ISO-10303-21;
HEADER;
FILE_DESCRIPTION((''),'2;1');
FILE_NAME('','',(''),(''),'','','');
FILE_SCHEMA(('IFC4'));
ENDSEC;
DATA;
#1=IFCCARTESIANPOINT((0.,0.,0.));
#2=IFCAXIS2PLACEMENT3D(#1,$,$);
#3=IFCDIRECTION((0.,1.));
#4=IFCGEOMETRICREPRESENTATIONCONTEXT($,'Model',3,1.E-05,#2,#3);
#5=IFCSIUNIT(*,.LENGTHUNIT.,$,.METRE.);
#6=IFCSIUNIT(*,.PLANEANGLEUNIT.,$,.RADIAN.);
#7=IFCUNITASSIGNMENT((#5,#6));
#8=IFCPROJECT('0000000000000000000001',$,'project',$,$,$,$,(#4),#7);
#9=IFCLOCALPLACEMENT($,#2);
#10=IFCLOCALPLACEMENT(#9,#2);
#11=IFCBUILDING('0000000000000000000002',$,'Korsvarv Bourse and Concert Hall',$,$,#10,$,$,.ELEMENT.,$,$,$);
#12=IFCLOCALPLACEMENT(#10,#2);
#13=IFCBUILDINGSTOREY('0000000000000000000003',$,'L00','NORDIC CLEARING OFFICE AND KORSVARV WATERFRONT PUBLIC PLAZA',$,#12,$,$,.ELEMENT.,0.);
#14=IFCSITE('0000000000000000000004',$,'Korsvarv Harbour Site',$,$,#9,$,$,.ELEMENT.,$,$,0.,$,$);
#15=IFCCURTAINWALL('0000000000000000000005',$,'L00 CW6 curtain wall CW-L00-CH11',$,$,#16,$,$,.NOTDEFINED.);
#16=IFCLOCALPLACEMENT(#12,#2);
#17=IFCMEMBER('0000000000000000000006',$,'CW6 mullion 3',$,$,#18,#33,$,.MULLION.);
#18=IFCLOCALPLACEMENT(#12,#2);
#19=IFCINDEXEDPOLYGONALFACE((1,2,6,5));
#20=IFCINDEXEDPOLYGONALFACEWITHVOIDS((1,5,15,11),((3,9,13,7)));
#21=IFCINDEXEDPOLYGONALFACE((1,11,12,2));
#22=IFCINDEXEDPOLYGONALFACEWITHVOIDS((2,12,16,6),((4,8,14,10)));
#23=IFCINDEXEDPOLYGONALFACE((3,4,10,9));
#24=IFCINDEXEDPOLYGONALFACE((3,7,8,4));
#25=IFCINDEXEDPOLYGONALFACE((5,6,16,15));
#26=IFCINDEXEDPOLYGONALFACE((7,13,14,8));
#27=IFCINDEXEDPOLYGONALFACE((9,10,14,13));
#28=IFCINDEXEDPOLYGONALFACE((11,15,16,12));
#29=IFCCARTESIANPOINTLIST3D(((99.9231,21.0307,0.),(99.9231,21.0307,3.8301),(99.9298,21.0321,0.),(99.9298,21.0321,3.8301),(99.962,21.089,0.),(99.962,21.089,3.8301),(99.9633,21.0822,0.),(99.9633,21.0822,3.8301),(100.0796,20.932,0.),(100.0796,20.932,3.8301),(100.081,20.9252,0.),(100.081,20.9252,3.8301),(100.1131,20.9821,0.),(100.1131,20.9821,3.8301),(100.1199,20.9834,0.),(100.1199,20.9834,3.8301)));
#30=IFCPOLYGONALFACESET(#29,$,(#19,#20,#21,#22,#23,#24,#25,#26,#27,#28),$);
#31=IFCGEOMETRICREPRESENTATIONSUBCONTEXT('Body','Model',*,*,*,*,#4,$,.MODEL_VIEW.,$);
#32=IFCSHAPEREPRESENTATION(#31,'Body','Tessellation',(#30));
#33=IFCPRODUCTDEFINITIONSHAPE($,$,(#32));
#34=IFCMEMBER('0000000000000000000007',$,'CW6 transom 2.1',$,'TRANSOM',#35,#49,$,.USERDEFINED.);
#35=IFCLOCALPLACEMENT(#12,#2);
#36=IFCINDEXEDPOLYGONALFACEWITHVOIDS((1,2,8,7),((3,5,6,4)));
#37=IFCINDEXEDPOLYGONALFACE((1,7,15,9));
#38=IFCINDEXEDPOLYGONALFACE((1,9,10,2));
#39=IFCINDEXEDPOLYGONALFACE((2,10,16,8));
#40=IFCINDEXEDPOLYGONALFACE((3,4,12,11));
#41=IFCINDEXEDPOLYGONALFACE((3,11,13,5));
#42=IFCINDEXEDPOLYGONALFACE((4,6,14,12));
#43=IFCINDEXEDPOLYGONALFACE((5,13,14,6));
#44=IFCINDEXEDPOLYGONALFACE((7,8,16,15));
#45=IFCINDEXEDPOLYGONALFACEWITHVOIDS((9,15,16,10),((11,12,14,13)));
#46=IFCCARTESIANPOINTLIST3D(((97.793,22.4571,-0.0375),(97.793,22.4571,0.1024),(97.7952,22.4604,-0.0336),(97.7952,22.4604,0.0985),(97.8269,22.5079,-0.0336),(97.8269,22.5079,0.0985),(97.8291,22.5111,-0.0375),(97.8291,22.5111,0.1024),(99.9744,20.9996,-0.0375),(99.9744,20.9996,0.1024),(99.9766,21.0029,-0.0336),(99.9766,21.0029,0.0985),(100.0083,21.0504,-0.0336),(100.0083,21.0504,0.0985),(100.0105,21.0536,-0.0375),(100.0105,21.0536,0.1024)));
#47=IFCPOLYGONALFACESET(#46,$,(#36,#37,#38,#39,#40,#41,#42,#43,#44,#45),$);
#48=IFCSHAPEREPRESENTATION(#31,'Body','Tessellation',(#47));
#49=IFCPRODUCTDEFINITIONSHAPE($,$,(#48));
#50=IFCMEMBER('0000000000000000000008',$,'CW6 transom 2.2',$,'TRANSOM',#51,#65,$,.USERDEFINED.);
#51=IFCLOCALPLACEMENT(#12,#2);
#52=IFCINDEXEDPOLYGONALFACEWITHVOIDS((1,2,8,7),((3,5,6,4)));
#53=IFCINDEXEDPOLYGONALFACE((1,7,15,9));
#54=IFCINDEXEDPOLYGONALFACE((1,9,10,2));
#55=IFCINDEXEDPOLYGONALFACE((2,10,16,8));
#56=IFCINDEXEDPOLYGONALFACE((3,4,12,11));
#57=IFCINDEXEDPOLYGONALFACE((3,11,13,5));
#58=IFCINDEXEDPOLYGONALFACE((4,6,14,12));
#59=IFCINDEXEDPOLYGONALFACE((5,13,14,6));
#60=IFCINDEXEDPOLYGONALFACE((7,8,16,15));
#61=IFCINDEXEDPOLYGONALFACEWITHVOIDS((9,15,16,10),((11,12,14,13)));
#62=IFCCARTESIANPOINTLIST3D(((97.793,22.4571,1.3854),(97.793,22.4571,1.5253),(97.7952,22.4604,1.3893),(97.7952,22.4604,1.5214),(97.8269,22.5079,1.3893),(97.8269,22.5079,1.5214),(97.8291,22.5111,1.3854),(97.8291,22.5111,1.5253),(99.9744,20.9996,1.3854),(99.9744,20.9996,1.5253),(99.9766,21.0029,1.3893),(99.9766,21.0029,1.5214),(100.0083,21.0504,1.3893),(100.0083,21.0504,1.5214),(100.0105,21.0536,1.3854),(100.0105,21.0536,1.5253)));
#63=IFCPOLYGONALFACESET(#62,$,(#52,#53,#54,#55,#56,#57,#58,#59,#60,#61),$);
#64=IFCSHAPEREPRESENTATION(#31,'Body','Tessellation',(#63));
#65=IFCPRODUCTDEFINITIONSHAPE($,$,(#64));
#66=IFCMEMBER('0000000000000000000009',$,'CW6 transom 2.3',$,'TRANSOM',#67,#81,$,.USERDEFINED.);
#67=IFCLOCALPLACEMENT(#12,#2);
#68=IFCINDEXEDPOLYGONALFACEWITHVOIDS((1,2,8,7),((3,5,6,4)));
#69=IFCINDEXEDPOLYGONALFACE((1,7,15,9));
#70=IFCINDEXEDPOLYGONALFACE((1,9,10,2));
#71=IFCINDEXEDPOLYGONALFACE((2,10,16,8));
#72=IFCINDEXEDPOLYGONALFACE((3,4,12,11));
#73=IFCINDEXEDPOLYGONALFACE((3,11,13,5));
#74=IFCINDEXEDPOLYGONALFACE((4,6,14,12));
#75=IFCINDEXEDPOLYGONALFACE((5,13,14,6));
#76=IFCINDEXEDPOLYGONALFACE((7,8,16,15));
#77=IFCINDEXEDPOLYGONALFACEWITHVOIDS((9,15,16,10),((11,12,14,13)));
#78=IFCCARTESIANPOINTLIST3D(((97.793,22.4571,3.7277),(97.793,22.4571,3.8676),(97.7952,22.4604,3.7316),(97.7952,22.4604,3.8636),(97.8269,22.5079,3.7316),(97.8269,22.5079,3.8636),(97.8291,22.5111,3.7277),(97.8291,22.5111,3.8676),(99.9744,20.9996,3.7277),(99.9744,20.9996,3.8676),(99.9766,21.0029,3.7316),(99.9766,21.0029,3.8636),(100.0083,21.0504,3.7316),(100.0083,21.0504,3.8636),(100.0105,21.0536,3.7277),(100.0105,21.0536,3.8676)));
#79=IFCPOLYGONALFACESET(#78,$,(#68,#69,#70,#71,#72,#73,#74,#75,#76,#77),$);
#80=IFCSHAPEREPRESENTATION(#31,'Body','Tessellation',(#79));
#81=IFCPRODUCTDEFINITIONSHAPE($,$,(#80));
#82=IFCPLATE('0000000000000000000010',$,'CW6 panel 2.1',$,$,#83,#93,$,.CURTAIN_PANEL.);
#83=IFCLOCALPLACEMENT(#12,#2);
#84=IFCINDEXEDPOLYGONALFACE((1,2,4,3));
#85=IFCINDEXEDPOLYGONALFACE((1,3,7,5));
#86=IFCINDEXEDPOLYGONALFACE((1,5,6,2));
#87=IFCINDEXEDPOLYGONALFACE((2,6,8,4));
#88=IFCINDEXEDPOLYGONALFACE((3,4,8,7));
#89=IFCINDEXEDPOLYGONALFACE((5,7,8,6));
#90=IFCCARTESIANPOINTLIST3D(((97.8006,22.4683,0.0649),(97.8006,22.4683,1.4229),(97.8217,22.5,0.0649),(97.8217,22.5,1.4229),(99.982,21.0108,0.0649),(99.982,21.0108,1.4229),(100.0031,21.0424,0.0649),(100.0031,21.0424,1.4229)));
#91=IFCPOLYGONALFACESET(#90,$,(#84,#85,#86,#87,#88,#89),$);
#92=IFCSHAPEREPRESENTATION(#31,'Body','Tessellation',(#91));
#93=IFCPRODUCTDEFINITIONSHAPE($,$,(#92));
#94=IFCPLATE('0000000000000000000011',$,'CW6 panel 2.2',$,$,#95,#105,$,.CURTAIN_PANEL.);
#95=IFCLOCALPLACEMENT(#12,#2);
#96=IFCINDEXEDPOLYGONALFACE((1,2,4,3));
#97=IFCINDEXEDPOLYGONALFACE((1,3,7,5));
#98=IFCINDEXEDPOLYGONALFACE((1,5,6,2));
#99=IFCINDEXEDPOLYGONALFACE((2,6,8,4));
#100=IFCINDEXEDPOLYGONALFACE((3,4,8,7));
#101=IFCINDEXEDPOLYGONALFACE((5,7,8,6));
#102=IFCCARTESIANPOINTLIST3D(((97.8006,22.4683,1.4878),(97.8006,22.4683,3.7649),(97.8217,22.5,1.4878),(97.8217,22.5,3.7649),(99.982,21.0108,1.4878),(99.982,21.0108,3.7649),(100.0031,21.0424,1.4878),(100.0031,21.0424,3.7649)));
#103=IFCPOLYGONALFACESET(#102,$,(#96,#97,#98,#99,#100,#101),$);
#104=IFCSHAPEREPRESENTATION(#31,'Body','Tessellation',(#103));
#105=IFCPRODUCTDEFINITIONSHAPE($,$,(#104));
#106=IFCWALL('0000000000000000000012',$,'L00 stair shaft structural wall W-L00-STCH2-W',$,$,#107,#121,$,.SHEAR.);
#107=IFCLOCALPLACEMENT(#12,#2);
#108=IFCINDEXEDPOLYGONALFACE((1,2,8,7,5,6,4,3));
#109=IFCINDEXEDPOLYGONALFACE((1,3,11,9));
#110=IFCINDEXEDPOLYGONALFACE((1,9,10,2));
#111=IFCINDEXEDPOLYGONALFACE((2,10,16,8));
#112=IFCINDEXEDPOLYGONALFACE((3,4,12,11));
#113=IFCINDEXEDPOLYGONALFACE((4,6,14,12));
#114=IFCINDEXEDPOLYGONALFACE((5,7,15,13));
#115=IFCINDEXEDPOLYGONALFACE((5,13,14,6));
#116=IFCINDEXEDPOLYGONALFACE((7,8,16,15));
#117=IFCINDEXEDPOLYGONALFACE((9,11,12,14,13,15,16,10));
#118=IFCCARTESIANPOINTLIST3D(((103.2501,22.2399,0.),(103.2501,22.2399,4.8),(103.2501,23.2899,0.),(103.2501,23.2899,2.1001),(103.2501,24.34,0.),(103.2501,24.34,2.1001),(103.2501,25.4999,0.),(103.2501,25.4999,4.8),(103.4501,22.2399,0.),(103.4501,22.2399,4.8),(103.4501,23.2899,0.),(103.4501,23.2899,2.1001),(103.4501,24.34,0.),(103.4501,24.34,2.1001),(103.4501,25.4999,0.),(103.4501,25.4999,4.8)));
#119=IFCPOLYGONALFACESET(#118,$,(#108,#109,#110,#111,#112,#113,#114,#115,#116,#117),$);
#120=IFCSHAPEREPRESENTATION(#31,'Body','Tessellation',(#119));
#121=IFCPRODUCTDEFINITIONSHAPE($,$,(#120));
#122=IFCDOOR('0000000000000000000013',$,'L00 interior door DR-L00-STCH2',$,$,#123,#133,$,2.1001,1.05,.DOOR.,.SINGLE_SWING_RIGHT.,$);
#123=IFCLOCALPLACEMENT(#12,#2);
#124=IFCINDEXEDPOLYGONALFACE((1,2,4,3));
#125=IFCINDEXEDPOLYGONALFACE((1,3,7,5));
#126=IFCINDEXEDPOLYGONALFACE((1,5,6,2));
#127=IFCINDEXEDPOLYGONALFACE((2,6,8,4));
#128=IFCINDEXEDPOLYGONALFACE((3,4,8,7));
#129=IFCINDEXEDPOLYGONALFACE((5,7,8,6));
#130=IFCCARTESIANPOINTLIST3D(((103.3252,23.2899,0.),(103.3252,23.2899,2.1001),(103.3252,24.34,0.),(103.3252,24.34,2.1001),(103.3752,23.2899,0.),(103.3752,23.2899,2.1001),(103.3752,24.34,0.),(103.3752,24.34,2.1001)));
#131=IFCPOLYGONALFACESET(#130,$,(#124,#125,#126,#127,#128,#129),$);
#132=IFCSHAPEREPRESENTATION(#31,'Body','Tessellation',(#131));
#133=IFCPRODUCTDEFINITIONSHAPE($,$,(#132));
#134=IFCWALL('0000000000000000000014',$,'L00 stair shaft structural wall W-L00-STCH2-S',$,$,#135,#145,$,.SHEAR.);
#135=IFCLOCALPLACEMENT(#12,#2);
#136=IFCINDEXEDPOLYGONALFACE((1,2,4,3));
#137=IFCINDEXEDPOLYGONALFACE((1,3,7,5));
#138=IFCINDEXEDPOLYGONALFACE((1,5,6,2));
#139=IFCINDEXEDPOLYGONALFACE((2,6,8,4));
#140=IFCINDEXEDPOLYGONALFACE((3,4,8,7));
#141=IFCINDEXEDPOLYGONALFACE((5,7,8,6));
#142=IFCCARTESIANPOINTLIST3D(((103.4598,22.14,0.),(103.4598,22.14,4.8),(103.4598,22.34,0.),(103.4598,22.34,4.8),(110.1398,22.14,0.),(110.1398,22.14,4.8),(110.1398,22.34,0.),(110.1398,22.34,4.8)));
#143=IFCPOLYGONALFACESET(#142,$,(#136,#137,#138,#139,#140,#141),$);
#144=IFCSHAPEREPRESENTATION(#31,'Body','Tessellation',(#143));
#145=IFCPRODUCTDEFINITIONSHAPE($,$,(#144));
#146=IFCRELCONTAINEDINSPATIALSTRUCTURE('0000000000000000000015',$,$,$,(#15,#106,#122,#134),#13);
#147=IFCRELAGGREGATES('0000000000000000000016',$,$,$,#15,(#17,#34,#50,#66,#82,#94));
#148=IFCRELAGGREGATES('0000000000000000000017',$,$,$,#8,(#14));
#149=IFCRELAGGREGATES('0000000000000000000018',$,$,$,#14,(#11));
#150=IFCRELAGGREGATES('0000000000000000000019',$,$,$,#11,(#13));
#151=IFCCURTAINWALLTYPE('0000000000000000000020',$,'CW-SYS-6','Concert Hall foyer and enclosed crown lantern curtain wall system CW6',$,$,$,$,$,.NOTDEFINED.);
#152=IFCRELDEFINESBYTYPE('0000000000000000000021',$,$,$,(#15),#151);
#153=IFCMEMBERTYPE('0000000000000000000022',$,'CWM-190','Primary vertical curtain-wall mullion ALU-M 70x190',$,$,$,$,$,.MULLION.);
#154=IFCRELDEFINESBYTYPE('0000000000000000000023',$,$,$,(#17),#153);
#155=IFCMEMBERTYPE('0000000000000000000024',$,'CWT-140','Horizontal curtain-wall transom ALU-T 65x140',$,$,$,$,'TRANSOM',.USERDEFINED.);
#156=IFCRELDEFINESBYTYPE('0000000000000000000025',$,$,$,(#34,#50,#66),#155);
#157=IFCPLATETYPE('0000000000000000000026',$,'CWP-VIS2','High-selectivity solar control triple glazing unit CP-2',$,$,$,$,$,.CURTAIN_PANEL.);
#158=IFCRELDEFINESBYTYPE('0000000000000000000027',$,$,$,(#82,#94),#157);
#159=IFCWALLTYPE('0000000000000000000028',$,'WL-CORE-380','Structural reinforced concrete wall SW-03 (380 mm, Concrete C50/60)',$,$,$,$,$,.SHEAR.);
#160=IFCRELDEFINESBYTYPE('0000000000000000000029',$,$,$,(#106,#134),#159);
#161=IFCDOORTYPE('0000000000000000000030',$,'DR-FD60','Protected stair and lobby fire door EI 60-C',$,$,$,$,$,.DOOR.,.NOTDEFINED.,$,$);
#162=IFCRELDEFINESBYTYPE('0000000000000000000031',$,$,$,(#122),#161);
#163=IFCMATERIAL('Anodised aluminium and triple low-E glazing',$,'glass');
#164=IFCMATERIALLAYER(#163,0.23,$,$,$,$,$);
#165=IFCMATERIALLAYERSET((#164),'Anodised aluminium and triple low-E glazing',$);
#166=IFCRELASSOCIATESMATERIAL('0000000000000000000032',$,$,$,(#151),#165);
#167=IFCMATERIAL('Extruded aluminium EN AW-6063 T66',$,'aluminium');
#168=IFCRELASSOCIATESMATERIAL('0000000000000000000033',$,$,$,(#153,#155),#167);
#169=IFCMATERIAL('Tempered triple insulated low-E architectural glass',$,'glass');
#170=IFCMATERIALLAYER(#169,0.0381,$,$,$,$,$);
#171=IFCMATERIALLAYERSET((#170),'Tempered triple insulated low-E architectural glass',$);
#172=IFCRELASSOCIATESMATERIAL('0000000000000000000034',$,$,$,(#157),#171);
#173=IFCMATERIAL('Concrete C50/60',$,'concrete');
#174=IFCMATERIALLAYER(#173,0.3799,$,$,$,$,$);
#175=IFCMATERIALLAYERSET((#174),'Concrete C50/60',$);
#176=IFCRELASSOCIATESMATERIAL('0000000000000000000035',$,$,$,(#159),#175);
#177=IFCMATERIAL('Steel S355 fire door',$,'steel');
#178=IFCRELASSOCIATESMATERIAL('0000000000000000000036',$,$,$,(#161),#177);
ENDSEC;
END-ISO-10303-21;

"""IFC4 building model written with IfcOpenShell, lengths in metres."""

from ifc_helpers import new_model, si_unit, direction, frame, frame_2d, origin, origin_2d, place, context, subcontext, project, spatial, rectangle, hollow_rectangle, extrude, source, transform, mapped, material, layer, layer_set, material_profile, profile_set, type_object, element, fill, aggregate, save


model = new_model("IFC4")

# Units and contexts
model_context = context("Model", 3, precision=1e-05, world=origin(), true_north=direction((0.0, 1.0)))
body_context = subcontext(model_context, "Body", "Model", "MODEL_VIEW")
ifc_project = project(units=[si_unit("LENGTHUNIT", "METRE"), si_unit("PLANEANGLEUNIT", "RADIAN")], contexts=[model_context])

# Site, building, storey
site_placement = place(None, origin())
site = spatial("IfcSite", under=ifc_project, at=site_placement, Name="Korsvarv Harbour Site", CompositionType="ELEMENT", RefElevation=0.0)
building_placement = place(site_placement, origin())
building = spatial("IfcBuilding", under=site, at=building_placement, Name="Korsvarv Bourse and Concert Hall", CompositionType="ELEMENT")
storey_placement = place(building_placement, origin())
storey = spatial("IfcBuildingStorey", under=building, at=storey_placement, Name="L00", Description="NORDIC CLEARING OFFICE AND KORSVARV WATERFRONT PUBLIC PLAZA", CompositionType="ELEMENT", Elevation=0.0)

# Shared definitions
ifc_material_1 = material(Name="Concrete C50/60", Category="concrete")

# Curtain wall, members, plates
ifc_material_2 = material(Name="Anodised aluminium and triple low-E glazing", Category="glass")
ifc_layer_1 = layer(ifc_material_2, 0.23)
ifc_layer_set_1 = layer_set([ifc_layer_1], Name="Anodised aluminium and triple low-E glazing")
curtain_wall_type = type_object("IfcCurtainWallType", Name="CW-SYS-6", Description="Concert Hall foyer and enclosed crown lantern curtain wall system CW6", PredefinedType="NOTDEFINED", material=ifc_layer_set_1)
curtain_wall_placement = place(storey_placement, origin())
curtain_wall = element("IfcCurtainWall", 1, at=curtain_wall_placement, inside=storey, type_object=curtain_wall_type, Name="L00 CW6 curtain wall CW-L00-CH11", PredefinedType="NOTDEFINED")
ifc_material_3 = material(Name="Extruded aluminium EN AW-6063 T66", Category="aluminium")
ifc_material_profile_1 = material_profile(ifc_material_3, hollow_rectangle(XDim=0.0701, YDim=0.1899, WallThickness=0.0049, at=origin_2d()), Name="ALU-M 70x190")
ifc_profile_set_1 = profile_set([ifc_material_profile_1], Name="Extruded aluminium EN AW-6063 T66")
member_type_1 = type_object("IfcMemberType", Name="CWM-190", Description="Primary vertical curtain-wall mullion ALU-M 70x190", PredefinedType="MULLION", material=ifc_profile_set_1)
shared_shape_1 = source(origin(), body_context, "Body", "SweptSolid", [
    extrude(hollow_rectangle(XDim=0.0701, YDim=0.1899, WallThickness=0.0049, at=origin_2d()), origin(), (0.0, 0.0, 1.0), 3.8301),
])
member_1_placement = place(storey_placement, frame((100.0215, 21.0071, 0.0), z_axis=(0.0, 0.0, 1.0), x_axis=(0.555571, 0.831469, 0.0)))
member_1 = element("IfcMember", 2, at=member_1_placement, type_object=member_type_1, Name="CW6 mullion 3", PredefinedType="MULLION", context=body_context, shape_type="MappedRepresentation", body=[
    mapped(shared_shape_1, transform((0.0, 0.0, 0.0), scale=1.0)),
])
ifc_material_profile_2 = material_profile(ifc_material_3, hollow_rectangle(XDim=0.0649, YDim=0.1399, WallThickness=0.0039, at=origin_2d()), Name="ALU-T 65x140")
ifc_profile_set_2 = profile_set([ifc_material_profile_2], Name="Extruded aluminium EN AW-6063 T66")
member_type_2 = type_object("IfcMemberType", Name="CWT-140", Description="Horizontal curtain-wall transom ALU-T 65x140", ElementType="TRANSOM", PredefinedType="USERDEFINED", material=ifc_profile_set_2)
shared_shape_2 = source(origin(), body_context, "Body", "SweptSolid", [
    extrude(hollow_rectangle(XDim=0.0649, YDim=0.1399, WallThickness=0.0039, at=origin_2d()), origin(), (0.0, 0.0, 1.0), 2.6235),
])
member_2_placement = place(storey_placement, frame((97.811, 22.4841, 0.0325), z_axis=(0.831477, -0.555559, 0.0), x_axis=(0.555559, 0.831477, 0.0)))
member_2 = element("IfcMember", 3, at=member_2_placement, type_object=member_type_2, Name="CW6 transom 2.1", ObjectType="TRANSOM", PredefinedType="USERDEFINED", context=body_context, shape_type="MappedRepresentation", body=[
    mapped(shared_shape_2, transform((0.0, 0.0, 0.0), scale=1.0)),
])
member_3_placement = place(storey_placement, frame((97.811, 22.4841, 1.4553), z_axis=(0.831477, -0.555559, 0.0), x_axis=(0.555559, 0.831477, 0.0)))
member_3 = element("IfcMember", 4, at=member_3_placement, type_object=member_type_2, Name="CW6 transom 2.2", ObjectType="TRANSOM", PredefinedType="USERDEFINED", context=body_context, shape_type="MappedRepresentation", body=[
    mapped(shared_shape_2, transform((0.0, 0.0, 0.0), scale=1.0)),
])
member_4_placement = place(storey_placement, frame((97.811, 22.4841, 3.7976), z_axis=(0.831477, -0.555559, 0.0), x_axis=(0.555559, 0.831477, 0.0)))
member_4 = element("IfcMember", 5, at=member_4_placement, type_object=member_type_2, Name="CW6 transom 2.3", ObjectType="TRANSOM", PredefinedType="USERDEFINED", context=body_context, shape_type="MappedRepresentation", body=[
    mapped(shared_shape_2, transform((0.0, 0.0, 0.0), scale=1.0)),
])
ifc_material_4 = material(Name="Tempered triple insulated low-E architectural glass", Category="glass")
ifc_layer_2 = layer(ifc_material_4, 0.0381)
ifc_layer_set_2 = layer_set([ifc_layer_2], Name="Tempered triple insulated low-E architectural glass")
plate_type = type_object("IfcPlateType", Name="CWP-VIS2", Description="High-selectivity solar control triple glazing unit CP-2", PredefinedType="CURTAIN_PANEL", material=ifc_layer_set_2)
shared_shape_3 = source(origin(), body_context, "Body", "SweptSolid", [
    extrude(rectangle(XDim=2.6235, YDim=0.0381, at=origin_2d()), origin(), (0.0, 0.0, 1.0), 1.3579),
])
plate_1_placement = place(storey_placement, frame((98.9019, 21.7554, 0.0649), z_axis=(0.0, 0.0, 1.0), x_axis=(0.831469, -0.555571, 0.0)))
plate_1 = element("IfcPlate", 6, at=plate_1_placement, type_object=plate_type, Name="CW6 panel 2.1", PredefinedType="CURTAIN_PANEL", context=body_context, shape_type="MappedRepresentation", body=[
    mapped(shared_shape_3, transform((0.0, 0.0, 0.0), scale=1.0)),
])
shared_shape_4 = source(origin(), body_context, "Body", "SweptSolid", [
    extrude(rectangle(XDim=2.6235, YDim=0.0381, at=origin_2d()), origin(), (0.0, 0.0, 1.0), 2.2771),
])
plate_2_placement = place(storey_placement, frame((98.9019, 21.7554, 1.4878), z_axis=(0.0, 0.0, 1.0), x_axis=(0.831469, -0.555571, 0.0)))
plate_2 = element("IfcPlate", 7, at=plate_2_placement, type_object=plate_type, Name="CW6 panel 2.2", PredefinedType="CURTAIN_PANEL", context=body_context, shape_type="MappedRepresentation", body=[
    mapped(shared_shape_4, transform((0.0, 0.0, 0.0), scale=1.0)),
])
aggregate(curtain_wall, [member_1, member_2, member_3, member_4, plate_1, plate_2])

# Wall, opening, door
ifc_layer_3 = layer(ifc_material_1, 0.3799)
ifc_layer_set_3 = layer_set([ifc_layer_3], Name="Concrete C50/60")
wall_type_1 = type_object("IfcWallType", Name="WL-CORE-380", Description="Structural reinforced concrete wall SW-03 (380 mm, Concrete C50/60)", PredefinedType="SHEAR", material=ifc_layer_set_3)
wall_1_placement = place(storey_placement, frame((103.3501, 22.24, 0.0), z_axis=(0.0, 0.0, 1.0), x_axis=(0.0, 1.0, 0.0)))
wall_1 = element("IfcWall", 8, at=wall_1_placement, inside=storey, type_object=wall_type_1, Name="L00 stair shaft structural wall W-L00-STCH2-W", PredefinedType="SHEAR", context=body_context, shape_type="SweptSolid", body=[
    extrude(rectangle(XDim=3.26, YDim=0.2, at=frame_2d((1.6299, 0.0))), origin(), (0.0, 0.0, 1.0), 4.8),
])
opening_1_placement = place(wall_1_placement, frame((1.05, 0.0, 0.0)))
opening_1 = element("IfcOpeningElement", 9, at=opening_1_placement, cuts=wall_1, PredefinedType="OPENING", context=body_context, shape_type="SweptSolid", body=[
    extrude(rectangle(XDim=1.05, YDim=2.1001, at=frame_2d((0.5249, 1.05))), frame((0.0, 0.1099, 0.0), z_axis=(0.0, -1.0, 0.0), x_axis=(1.0, 0.0, 0.0)), (0.0, 0.0, 1.0), 0.22),
])
ifc_material_5 = material(Name="Steel S355 fire door", Category="steel")
door_type_1 = type_object("IfcDoorType", Name="DR-FD60", Description="Protected stair and lobby fire door EI 60-C", OperationType="NOTDEFINED", PredefinedType="DOOR", material=ifc_material_5)
door_1_placement = place(opening_1_placement, origin())
door_1 = element("IfcDoor", 10, at=door_1_placement, inside=storey, type_object=door_type_1, Name="L00 interior door DR-L00-STCH2", OperationType="SINGLE_SWING_RIGHT", OverallHeight=2.1001, OverallWidth=1.05, PredefinedType="DOOR", context=body_context, shape_type="SweptSolid", body=[
    extrude(rectangle(XDim=1.05, YDim=2.1001, at=frame_2d((0.5249, 1.05))), frame((0.0, 0.0249, 0.0), z_axis=(0.0, -1.0, 0.0), x_axis=(1.0, 0.0, 0.0)), (0.0, 0.0, 1.0), 0.05),
])
fill(opening_1, door_1)

# Wall
wall_2_placement = place(storey_placement, frame((103.46, 22.24, 0.0), z_axis=(0.0, 0.0, 1.0), x_axis=(1.0, 0.0, 0.0)))
element("IfcWall", 11, at=wall_2_placement, inside=storey, type_object=wall_type_1, Name="L00 stair shaft structural wall W-L00-STCH2-S", PredefinedType="SHEAR", context=body_context, shape_type="SweptSolid", body=[
    extrude(rectangle(XDim=6.6799, YDim=0.2, at=frame_2d((3.3398, 0.0))), origin(), (0.0, 0.0, 1.0), 4.8),
])

save(model, "model.ifc")
